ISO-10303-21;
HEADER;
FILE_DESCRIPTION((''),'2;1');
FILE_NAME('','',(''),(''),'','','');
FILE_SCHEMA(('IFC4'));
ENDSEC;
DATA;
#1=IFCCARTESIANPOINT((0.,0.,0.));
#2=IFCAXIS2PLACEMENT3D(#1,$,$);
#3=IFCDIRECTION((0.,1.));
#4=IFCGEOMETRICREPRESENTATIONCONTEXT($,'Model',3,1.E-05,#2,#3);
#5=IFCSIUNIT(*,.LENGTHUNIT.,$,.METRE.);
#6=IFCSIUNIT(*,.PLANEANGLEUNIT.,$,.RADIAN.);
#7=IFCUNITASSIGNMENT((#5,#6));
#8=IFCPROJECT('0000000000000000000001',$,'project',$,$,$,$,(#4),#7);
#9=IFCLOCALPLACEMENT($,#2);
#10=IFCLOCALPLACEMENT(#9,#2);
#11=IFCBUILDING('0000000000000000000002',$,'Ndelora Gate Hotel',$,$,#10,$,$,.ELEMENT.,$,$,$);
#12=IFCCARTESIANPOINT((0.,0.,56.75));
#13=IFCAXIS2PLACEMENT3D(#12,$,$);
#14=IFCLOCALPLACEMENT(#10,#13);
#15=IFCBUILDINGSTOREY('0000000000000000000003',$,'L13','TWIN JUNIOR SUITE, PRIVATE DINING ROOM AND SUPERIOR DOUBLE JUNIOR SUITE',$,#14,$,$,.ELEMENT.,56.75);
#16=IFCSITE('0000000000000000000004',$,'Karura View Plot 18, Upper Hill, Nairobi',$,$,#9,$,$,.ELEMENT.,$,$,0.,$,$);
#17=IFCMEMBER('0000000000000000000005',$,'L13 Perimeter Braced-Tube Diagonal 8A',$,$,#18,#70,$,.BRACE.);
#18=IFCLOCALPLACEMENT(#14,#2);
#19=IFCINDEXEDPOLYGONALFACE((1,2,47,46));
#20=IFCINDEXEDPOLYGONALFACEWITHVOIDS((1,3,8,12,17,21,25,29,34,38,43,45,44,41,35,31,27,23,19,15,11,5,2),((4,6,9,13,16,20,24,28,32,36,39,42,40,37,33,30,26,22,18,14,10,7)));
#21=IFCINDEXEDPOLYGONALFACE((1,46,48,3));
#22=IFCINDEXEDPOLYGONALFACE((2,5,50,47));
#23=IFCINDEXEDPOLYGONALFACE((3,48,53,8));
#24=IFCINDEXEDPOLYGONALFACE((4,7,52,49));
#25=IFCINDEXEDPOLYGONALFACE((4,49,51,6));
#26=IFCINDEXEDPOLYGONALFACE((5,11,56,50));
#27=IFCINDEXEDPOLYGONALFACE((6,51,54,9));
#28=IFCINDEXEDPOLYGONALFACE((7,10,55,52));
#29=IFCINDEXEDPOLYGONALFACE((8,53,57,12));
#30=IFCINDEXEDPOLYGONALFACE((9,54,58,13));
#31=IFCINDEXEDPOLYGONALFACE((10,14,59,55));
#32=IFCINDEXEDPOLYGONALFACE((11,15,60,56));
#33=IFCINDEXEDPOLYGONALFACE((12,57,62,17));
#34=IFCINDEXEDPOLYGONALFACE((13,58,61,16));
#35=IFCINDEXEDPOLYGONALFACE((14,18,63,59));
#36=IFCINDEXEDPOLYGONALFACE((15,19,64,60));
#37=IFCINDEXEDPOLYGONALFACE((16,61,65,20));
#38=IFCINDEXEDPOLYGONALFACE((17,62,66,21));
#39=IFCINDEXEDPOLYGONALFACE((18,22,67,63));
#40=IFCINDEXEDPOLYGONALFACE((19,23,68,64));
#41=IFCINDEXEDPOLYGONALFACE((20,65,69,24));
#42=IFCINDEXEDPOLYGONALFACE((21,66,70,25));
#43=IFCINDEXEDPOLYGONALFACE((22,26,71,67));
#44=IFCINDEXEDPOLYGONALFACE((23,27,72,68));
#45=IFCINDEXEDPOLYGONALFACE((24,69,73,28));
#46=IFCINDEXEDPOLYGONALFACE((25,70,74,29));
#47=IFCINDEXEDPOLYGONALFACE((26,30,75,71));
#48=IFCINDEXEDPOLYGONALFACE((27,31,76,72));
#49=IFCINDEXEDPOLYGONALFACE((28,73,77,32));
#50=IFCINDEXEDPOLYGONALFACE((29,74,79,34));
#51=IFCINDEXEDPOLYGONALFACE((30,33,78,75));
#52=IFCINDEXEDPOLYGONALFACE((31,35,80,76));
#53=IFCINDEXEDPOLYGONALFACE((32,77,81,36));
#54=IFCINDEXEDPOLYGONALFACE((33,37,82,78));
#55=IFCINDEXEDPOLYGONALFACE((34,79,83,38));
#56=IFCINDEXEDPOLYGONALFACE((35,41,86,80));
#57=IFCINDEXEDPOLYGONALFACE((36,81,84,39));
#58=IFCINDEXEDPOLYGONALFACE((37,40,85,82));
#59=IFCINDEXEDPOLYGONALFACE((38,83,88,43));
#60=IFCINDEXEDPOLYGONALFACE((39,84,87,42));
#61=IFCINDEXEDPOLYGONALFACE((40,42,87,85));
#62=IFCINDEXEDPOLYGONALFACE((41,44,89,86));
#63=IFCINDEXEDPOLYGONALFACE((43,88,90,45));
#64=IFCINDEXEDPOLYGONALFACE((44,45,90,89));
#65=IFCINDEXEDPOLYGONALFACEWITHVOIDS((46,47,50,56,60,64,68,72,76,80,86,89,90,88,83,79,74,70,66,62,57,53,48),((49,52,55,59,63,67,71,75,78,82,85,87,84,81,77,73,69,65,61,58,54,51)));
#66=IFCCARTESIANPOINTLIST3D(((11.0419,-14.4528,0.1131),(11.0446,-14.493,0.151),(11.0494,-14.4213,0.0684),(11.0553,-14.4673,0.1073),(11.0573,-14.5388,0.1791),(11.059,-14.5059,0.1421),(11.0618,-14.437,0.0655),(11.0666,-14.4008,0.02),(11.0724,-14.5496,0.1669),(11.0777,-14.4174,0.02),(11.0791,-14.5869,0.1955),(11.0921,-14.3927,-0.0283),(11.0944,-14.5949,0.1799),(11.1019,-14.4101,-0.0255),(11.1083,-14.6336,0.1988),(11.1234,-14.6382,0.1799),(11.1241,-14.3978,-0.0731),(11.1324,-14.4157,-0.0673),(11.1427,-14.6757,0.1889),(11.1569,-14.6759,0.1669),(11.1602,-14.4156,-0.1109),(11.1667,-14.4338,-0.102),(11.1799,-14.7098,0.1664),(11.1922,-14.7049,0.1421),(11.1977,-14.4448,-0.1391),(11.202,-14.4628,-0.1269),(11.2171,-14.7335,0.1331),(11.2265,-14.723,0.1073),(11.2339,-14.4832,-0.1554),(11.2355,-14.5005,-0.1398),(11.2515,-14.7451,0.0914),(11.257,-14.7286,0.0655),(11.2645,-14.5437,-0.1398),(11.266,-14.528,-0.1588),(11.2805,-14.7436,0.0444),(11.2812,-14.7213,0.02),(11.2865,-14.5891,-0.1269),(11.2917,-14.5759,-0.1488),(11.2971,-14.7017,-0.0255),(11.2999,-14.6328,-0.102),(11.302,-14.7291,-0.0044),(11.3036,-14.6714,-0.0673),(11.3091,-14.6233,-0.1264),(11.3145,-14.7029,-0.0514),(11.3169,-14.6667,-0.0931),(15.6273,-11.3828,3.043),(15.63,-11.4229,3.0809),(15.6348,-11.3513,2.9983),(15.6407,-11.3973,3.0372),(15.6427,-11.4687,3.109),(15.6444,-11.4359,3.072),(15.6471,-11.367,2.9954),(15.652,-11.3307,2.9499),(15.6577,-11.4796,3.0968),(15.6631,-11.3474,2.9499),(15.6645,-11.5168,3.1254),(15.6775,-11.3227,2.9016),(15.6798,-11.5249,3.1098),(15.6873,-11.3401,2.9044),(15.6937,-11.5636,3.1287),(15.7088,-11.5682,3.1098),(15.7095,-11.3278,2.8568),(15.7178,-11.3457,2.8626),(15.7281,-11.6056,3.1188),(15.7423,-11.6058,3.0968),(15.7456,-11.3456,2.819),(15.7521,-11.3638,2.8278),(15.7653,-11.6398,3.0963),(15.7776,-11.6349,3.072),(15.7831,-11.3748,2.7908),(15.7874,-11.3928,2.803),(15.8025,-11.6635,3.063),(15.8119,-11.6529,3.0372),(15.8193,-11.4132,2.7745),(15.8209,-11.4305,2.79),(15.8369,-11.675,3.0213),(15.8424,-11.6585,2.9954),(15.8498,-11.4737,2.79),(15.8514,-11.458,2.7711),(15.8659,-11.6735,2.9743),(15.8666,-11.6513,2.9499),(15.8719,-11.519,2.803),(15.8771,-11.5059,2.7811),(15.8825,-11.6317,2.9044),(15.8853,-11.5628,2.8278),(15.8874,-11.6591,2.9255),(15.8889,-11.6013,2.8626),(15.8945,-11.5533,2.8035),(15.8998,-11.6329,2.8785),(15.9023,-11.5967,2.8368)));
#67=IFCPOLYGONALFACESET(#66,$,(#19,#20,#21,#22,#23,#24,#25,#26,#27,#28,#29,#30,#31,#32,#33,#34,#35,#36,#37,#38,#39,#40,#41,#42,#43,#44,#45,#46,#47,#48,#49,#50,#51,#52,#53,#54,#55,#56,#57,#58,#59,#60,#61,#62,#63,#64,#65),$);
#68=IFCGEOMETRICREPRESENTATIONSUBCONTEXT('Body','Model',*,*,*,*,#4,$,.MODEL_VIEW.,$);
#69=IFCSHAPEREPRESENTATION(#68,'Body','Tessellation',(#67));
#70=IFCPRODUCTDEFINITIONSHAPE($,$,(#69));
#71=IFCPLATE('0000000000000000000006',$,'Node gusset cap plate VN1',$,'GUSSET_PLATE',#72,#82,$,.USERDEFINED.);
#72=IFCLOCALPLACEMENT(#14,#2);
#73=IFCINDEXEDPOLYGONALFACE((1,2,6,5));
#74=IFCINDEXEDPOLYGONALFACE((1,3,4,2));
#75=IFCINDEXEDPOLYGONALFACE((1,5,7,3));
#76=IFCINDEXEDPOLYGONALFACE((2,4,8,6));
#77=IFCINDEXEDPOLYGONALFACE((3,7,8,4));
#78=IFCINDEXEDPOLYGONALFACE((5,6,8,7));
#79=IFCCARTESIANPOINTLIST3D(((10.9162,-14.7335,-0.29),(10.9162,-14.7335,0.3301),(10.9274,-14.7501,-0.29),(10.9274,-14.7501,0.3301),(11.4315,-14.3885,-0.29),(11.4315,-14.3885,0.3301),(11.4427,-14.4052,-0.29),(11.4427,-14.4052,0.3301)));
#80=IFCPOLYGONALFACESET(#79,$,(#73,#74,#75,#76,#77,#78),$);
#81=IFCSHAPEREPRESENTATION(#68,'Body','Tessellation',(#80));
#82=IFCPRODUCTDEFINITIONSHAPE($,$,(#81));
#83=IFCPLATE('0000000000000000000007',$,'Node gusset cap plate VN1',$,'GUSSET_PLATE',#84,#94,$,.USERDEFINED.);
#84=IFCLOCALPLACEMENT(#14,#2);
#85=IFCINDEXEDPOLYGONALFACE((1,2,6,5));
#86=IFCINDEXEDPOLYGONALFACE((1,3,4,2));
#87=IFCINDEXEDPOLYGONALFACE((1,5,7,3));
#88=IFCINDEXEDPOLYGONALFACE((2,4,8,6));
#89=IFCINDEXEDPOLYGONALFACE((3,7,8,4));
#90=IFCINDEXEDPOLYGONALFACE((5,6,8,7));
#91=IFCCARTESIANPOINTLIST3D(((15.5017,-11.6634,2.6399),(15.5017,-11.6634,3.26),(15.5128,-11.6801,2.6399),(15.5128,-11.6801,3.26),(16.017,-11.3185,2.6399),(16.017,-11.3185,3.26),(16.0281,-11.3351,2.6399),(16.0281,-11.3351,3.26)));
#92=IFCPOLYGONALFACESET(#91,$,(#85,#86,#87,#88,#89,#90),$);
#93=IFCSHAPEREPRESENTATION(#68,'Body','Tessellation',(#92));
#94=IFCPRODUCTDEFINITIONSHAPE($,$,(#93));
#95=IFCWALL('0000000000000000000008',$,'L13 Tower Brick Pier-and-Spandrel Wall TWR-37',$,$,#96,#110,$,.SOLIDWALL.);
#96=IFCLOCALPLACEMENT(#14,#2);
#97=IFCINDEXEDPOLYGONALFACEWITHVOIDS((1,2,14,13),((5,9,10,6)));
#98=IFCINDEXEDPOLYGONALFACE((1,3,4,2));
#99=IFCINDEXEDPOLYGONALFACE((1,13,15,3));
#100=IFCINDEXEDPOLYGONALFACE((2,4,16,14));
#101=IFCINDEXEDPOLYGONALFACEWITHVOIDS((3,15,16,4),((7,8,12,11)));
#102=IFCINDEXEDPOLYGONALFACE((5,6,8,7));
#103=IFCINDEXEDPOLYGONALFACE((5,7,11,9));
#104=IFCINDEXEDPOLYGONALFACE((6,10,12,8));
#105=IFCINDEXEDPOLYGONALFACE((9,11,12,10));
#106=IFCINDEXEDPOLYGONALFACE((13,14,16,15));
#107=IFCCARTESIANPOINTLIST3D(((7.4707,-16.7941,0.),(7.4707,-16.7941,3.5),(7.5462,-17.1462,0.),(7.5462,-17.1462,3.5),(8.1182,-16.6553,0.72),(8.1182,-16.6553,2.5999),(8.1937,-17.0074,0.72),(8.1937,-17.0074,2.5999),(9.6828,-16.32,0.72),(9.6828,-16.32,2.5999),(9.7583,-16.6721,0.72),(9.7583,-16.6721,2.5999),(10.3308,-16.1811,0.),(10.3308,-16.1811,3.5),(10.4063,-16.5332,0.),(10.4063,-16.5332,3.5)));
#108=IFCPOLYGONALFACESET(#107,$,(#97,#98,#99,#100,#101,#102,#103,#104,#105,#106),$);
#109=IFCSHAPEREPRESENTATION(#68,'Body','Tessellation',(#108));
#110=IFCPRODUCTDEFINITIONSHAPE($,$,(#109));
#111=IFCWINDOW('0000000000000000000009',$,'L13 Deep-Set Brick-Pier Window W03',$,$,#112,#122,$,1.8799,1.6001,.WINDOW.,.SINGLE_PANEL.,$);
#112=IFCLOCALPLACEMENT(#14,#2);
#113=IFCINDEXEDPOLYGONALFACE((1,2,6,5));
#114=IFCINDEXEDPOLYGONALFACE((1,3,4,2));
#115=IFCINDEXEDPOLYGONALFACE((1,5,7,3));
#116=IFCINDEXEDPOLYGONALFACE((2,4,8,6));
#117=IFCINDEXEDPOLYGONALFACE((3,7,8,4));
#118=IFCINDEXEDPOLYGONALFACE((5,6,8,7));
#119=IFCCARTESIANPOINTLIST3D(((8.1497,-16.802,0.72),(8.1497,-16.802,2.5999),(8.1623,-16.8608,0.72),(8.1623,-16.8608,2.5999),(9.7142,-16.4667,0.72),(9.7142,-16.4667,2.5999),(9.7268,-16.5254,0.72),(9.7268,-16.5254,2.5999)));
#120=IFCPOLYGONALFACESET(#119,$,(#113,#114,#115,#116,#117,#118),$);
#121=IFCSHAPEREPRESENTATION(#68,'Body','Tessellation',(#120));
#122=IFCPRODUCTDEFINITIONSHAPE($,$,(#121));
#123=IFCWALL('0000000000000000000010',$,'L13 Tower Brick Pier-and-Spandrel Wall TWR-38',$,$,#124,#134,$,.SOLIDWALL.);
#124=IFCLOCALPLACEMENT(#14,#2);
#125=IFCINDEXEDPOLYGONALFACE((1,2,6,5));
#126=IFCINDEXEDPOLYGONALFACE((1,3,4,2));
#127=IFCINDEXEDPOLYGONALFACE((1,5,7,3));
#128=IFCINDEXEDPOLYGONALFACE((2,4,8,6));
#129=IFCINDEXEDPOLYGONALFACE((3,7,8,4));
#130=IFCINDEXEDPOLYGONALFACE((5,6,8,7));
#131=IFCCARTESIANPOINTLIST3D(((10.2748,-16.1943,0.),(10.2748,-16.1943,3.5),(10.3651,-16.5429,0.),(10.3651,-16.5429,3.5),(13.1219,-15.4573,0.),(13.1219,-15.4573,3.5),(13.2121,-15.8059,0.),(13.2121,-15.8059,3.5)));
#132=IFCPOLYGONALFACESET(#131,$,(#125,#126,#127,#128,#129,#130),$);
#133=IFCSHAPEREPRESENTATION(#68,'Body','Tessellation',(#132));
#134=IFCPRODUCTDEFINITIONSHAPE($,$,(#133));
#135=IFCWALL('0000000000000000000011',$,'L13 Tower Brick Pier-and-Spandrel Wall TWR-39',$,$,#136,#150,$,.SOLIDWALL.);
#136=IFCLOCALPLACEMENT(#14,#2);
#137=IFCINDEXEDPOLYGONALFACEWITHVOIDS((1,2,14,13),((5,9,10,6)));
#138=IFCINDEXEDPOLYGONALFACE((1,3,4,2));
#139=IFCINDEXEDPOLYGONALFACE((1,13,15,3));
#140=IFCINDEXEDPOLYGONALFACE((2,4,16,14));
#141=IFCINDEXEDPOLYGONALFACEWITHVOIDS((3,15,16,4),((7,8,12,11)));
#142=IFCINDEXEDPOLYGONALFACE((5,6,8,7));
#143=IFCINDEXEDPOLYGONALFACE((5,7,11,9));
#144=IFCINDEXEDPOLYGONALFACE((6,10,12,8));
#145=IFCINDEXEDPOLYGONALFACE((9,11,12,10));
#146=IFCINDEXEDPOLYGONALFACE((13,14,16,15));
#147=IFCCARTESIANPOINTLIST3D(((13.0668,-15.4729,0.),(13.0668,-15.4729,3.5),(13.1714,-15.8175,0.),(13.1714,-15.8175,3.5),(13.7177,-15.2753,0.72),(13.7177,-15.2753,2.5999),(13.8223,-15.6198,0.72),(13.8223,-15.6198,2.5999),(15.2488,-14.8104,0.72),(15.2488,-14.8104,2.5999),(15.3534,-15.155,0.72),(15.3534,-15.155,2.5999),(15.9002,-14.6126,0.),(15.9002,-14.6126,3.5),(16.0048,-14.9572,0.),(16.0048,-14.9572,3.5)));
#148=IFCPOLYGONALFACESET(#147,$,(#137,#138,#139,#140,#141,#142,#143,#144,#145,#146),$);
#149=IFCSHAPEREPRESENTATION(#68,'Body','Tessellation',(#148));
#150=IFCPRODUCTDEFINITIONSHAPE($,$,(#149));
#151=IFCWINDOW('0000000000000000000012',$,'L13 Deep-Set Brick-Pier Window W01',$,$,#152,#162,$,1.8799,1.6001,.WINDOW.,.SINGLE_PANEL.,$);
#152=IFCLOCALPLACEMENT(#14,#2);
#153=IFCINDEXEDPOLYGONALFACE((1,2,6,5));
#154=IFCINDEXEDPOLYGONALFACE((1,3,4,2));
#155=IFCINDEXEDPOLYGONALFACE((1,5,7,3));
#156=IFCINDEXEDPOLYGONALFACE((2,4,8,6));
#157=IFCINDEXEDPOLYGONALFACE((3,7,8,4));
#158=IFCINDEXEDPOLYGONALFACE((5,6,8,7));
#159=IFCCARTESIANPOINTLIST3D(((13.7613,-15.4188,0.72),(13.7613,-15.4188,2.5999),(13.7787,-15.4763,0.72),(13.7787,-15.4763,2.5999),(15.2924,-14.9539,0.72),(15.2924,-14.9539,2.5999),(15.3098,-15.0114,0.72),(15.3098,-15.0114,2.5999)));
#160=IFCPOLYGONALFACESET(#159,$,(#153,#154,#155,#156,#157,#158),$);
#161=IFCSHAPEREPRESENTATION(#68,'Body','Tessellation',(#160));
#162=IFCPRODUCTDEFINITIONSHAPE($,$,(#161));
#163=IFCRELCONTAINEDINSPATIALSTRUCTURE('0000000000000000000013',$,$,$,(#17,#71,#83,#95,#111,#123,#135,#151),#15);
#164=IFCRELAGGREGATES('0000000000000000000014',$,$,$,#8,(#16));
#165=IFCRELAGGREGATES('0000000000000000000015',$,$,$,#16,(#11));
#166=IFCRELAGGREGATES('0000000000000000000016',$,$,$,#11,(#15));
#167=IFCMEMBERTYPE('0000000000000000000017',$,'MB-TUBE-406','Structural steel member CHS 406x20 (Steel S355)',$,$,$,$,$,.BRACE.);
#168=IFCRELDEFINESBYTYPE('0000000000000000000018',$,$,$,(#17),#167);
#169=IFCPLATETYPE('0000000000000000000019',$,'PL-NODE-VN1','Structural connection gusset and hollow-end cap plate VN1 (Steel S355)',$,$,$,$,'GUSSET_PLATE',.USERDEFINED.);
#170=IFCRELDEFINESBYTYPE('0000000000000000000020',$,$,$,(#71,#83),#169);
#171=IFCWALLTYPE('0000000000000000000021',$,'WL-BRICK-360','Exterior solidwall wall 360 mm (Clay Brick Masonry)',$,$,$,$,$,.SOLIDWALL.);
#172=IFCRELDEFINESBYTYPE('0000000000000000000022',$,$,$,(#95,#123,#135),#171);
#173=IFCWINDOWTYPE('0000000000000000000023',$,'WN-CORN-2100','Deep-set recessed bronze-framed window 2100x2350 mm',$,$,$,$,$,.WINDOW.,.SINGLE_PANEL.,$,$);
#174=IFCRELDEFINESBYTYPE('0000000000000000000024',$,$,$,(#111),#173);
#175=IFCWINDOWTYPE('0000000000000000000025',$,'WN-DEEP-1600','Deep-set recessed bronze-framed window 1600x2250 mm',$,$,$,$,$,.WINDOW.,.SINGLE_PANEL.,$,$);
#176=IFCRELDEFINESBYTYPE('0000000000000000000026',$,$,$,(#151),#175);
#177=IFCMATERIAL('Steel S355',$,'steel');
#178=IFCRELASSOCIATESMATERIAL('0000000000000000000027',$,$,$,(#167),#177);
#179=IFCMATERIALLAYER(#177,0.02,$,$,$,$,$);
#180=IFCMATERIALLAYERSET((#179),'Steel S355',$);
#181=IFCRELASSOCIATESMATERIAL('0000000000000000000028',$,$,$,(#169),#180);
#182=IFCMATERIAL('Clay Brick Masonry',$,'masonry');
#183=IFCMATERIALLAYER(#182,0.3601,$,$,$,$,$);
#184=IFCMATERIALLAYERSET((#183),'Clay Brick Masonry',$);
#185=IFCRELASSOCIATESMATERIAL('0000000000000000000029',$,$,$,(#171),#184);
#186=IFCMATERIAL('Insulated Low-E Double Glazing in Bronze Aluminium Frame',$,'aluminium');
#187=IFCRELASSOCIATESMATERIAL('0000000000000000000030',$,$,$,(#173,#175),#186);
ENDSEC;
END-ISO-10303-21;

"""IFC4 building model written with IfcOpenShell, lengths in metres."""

from ifc_helpers import new_model, si_unit, direction, frame, frame_2d, origin, origin_2d, place, context, subcontext, project, spatial, rectangle, hollow_circle, extrude, material, layer, layer_set, material_profile, profile_set, type_object, element, fill, save


model = new_model("IFC4")

# Units and contexts
model_context = context("Model", 3, precision=1e-05, world=origin(), true_north=direction((0.0, 1.0)))
body_context = subcontext(model_context, "Body", "Model", "MODEL_VIEW")
ifc_project = project(units=[si_unit("LENGTHUNIT", "METRE"), si_unit("PLANEANGLEUNIT", "RADIAN")], contexts=[model_context])

# Site, building, storey
site_placement = place(None, origin())
site = spatial("IfcSite", under=ifc_project, at=site_placement, Name="Karura View Plot 18, Upper Hill, Nairobi", CompositionType="ELEMENT", RefElevation=0.0)
building_placement = place(site_placement, origin())
building = spatial("IfcBuilding", under=site, at=building_placement, Name="Ndelora Gate Hotel", CompositionType="ELEMENT")
storey_placement = place(building_placement, frame((0.0, 0.0, 56.75)))
storey = spatial("IfcBuildingStorey", under=building, at=storey_placement, Name="L13", Description="TWIN JUNIOR SUITE, PRIVATE DINING ROOM AND SUPERIOR DOUBLE JUNIOR SUITE", CompositionType="ELEMENT", Elevation=56.75)

# Shared definitions
ifc_material_1 = material(Name="Steel S355", Category="steel")

# Member
ifc_material_profile_1 = material_profile(ifc_material_1, hollow_circle(Radius=0.2029, WallThickness=0.02, at=origin_2d()), Name="CHS 406x20")
ifc_profile_set_1 = profile_set([ifc_material_profile_1], Name="Steel S355")
member_type = type_object("IfcMemberType", Name="MB-TUBE-406", Description="Structural steel member CHS 406x20 (Steel S355)", PredefinedType="BRACE", material=ifc_profile_set_1)
member_placement = place(storey_placement, frame((11.1794, -14.5693, 0.02), z_axis=(0.733919, 0.491377, 0.468947), x_axis=(-0.556343, 0.830953, 0.0)))
element("IfcMember", 1, at=member_placement, inside=storey, type_object=member_type, Name="L13 Perimeter Braced-Tube Diagonal 8A", PredefinedType="BRACE", context=body_context, shape_type="SweptSolid", body=[
    extrude(hollow_circle(Radius=0.2029, WallThickness=0.02, at=origin_2d()), origin(), (0.0, 0.0, 1.0), 6.2478),
])

# Plates
ifc_layer_1 = layer(ifc_material_1, 0.02)
ifc_layer_set_1 = layer_set([ifc_layer_1], Name="Steel S355")
plate_type = type_object("IfcPlateType", Name="PL-NODE-VN1", Description="Structural connection gusset and hollow-end cap plate VN1 (Steel S355)", ElementType="GUSSET_PLATE", PredefinedType="USERDEFINED", material=ifc_layer_set_1)
for number, where, z_axis, x_axis, name in (
    (2, (11.1794, -14.5693, -0.29), (0.0, 0.0, 1.0), (0.830984, 0.556296, 0.0), "Node gusset cap plate VN1"),
    (3, (15.7649, -11.4993, 2.6399), (0.0, 0.0, 1.0), (0.830984, 0.556296, 0.0), "Node gusset cap plate VN1"),
):
    element("IfcPlate", number, at=place(storey_placement, frame(where, z_axis=z_axis, x_axis=x_axis)), inside=storey, type_object=plate_type, Name=name, ObjectType="GUSSET_PLATE", PredefinedType="USERDEFINED", context=body_context, shape_type="SweptSolid", body=[
        extrude(rectangle(XDim=0.6201, YDim=0.02, at=origin_2d()), origin(), (0.0, 0.0, 1.0), 0.6201),
    ])

# Wall, opening, window
ifc_material_2 = material(Name="Clay Brick Masonry", Category="masonry")
ifc_layer_2 = layer(ifc_material_2, 0.3601)
ifc_layer_set_2 = layer_set([ifc_layer_2], Name="Clay Brick Masonry")
wall_type_1 = type_object("IfcWallType", Name="WL-BRICK-360", Description="Exterior solidwall wall 360 mm (Clay Brick Masonry)", PredefinedType="SOLIDWALL", material=ifc_layer_set_2)
wall_1_placement = place(storey_placement, frame((10.3684, -16.3572, 0.0), z_axis=(0.0, 0.0, 1.0), x_axis=(-0.977791, -0.20958, 0.0)))
wall_1 = element("IfcWall", 4, at=wall_1_placement, inside=storey, type_object=wall_type_1, Name="L13 Tower Brick Pier-and-Spandrel Wall TWR-37", PredefinedType="SOLIDWALL", context=body_context, shape_type="SweptSolid", body=[
    extrude(rectangle(XDim=2.925, YDim=0.3601, at=frame_2d((1.4624, 0.0))), origin(), (0.0, 0.0, 1.0), 3.5),
])
opening_1_placement = place(wall_1_placement, frame((0.6626, 0.0, 0.72)))
opening_1 = element("IfcOpeningElement", 5, at=opening_1_placement, cuts=wall_1, PredefinedType="OPENING", context=body_context, shape_type="SweptSolid", body=[
    extrude(rectangle(XDim=1.6001, YDim=1.8799, at=frame_2d((0.8, 0.9399))), frame((0.0, 0.1899, 0.0), z_axis=(0.0, -1.0, 0.0), x_axis=(1.0, 0.0, 0.0)), (0.0, 0.0, 1.0), 0.3801),
])
ifc_material_3 = material(Name="Insulated Low-E Double Glazing in Bronze Aluminium Frame", Category="aluminium")
window_type_1 = type_object("IfcWindowType", Name="WN-CORN-2100", Description="Deep-set recessed bronze-framed window 2100x2350 mm", PartitioningType="SINGLE_PANEL", PredefinedType="WINDOW", material=ifc_material_3)
window_1_placement = place(opening_1_placement, origin())
window_1 = element("IfcWindow", 6, at=window_1_placement, inside=storey, type_object=window_type_1, Name="L13 Deep-Set Brick-Pier Window W03", OverallHeight=1.8799, OverallWidth=1.6001, PartitioningType="SINGLE_PANEL", PredefinedType="WINDOW", context=body_context, shape_type="SweptSolid", body=[
    extrude(rectangle(XDim=1.6001, YDim=1.8799, at=frame_2d((0.8, 0.9399))), frame((0.0, 0.03, 0.0), z_axis=(0.0, -1.0, 0.0), x_axis=(1.0, 0.0, 0.0)), (0.0, 0.0, 1.0), 0.0601),
])
fill(opening_1, window_1)

# Wall
wall_2_placement = place(storey_placement, frame((13.167, -15.6316, 0.0), z_axis=(0.0, 0.0, 1.0), x_axis=(-0.968087, -0.250614, 0.0)))
element("IfcWall", 7, at=wall_2_placement, inside=storey, type_object=wall_type_1, Name="L13 Tower Brick Pier-and-Spandrel Wall TWR-38", PredefinedType="SOLIDWALL", context=body_context, shape_type="SweptSolid", body=[
    extrude(rectangle(XDim=2.9409, YDim=0.3601, at=frame_2d((1.4705, 0.0))), origin(), (0.0, 0.0, 1.0), 3.5),
])

# Wall, opening, window
wall_3_placement = place(storey_placement, frame((15.9524, -14.7849, 0.0), z_axis=(0.0, 0.0, 1.0), x_axis=(-0.956863, -0.290538, 0.0)))
wall_3 = element("IfcWall", 8, at=wall_3_placement, inside=storey, type_object=wall_type_1, Name="L13 Tower Brick Pier-and-Spandrel Wall TWR-39", PredefinedType="SOLIDWALL", context=body_context, shape_type="SweptSolid", body=[
    extrude(rectangle(XDim=2.9612, YDim=0.3601, at=frame_2d((1.4805, 0.0))), origin(), (0.0, 0.0, 1.0), 3.5),
])
opening_2_placement = place(wall_3_placement, frame((0.6807, 0.0, 0.72)))
opening_2 = element("IfcOpeningElement", 9, at=opening_2_placement, cuts=wall_3, PredefinedType="OPENING", context=body_context, shape_type="SweptSolid", body=[
    extrude(rectangle(XDim=1.6001, YDim=1.8799, at=frame_2d((0.8, 0.9399))), frame((0.0, 0.1899, 0.0), z_axis=(0.0, -1.0, 0.0), x_axis=(1.0, 0.0, 0.0)), (0.0, 0.0, 1.0), 0.3801),
])
window_type_2 = type_object("IfcWindowType", Name="WN-DEEP-1600", Description="Deep-set recessed bronze-framed window 1600x2250 mm", PartitioningType="SINGLE_PANEL", PredefinedType="WINDOW", material=ifc_material_3)
window_2_placement = place(opening_2_placement, origin())
window_2 = element("IfcWindow", 10, at=window_2_placement, inside=storey, type_object=window_type_2, Name="L13 Deep-Set Brick-Pier Window W01", OverallHeight=1.8799, OverallWidth=1.6001, PartitioningType="SINGLE_PANEL", PredefinedType="WINDOW", context=body_context, shape_type="SweptSolid", body=[
    extrude(rectangle(XDim=1.6001, YDim=1.8799, at=frame_2d((0.8, 0.9399))), frame((0.0, 0.03, 0.0), z_axis=(0.0, -1.0, 0.0), x_axis=(1.0, 0.0, 0.0)), (0.0, 0.0, 1.0), 0.0601),
])
fill(opening_2, window_2)

save(model, "model.ifc")
